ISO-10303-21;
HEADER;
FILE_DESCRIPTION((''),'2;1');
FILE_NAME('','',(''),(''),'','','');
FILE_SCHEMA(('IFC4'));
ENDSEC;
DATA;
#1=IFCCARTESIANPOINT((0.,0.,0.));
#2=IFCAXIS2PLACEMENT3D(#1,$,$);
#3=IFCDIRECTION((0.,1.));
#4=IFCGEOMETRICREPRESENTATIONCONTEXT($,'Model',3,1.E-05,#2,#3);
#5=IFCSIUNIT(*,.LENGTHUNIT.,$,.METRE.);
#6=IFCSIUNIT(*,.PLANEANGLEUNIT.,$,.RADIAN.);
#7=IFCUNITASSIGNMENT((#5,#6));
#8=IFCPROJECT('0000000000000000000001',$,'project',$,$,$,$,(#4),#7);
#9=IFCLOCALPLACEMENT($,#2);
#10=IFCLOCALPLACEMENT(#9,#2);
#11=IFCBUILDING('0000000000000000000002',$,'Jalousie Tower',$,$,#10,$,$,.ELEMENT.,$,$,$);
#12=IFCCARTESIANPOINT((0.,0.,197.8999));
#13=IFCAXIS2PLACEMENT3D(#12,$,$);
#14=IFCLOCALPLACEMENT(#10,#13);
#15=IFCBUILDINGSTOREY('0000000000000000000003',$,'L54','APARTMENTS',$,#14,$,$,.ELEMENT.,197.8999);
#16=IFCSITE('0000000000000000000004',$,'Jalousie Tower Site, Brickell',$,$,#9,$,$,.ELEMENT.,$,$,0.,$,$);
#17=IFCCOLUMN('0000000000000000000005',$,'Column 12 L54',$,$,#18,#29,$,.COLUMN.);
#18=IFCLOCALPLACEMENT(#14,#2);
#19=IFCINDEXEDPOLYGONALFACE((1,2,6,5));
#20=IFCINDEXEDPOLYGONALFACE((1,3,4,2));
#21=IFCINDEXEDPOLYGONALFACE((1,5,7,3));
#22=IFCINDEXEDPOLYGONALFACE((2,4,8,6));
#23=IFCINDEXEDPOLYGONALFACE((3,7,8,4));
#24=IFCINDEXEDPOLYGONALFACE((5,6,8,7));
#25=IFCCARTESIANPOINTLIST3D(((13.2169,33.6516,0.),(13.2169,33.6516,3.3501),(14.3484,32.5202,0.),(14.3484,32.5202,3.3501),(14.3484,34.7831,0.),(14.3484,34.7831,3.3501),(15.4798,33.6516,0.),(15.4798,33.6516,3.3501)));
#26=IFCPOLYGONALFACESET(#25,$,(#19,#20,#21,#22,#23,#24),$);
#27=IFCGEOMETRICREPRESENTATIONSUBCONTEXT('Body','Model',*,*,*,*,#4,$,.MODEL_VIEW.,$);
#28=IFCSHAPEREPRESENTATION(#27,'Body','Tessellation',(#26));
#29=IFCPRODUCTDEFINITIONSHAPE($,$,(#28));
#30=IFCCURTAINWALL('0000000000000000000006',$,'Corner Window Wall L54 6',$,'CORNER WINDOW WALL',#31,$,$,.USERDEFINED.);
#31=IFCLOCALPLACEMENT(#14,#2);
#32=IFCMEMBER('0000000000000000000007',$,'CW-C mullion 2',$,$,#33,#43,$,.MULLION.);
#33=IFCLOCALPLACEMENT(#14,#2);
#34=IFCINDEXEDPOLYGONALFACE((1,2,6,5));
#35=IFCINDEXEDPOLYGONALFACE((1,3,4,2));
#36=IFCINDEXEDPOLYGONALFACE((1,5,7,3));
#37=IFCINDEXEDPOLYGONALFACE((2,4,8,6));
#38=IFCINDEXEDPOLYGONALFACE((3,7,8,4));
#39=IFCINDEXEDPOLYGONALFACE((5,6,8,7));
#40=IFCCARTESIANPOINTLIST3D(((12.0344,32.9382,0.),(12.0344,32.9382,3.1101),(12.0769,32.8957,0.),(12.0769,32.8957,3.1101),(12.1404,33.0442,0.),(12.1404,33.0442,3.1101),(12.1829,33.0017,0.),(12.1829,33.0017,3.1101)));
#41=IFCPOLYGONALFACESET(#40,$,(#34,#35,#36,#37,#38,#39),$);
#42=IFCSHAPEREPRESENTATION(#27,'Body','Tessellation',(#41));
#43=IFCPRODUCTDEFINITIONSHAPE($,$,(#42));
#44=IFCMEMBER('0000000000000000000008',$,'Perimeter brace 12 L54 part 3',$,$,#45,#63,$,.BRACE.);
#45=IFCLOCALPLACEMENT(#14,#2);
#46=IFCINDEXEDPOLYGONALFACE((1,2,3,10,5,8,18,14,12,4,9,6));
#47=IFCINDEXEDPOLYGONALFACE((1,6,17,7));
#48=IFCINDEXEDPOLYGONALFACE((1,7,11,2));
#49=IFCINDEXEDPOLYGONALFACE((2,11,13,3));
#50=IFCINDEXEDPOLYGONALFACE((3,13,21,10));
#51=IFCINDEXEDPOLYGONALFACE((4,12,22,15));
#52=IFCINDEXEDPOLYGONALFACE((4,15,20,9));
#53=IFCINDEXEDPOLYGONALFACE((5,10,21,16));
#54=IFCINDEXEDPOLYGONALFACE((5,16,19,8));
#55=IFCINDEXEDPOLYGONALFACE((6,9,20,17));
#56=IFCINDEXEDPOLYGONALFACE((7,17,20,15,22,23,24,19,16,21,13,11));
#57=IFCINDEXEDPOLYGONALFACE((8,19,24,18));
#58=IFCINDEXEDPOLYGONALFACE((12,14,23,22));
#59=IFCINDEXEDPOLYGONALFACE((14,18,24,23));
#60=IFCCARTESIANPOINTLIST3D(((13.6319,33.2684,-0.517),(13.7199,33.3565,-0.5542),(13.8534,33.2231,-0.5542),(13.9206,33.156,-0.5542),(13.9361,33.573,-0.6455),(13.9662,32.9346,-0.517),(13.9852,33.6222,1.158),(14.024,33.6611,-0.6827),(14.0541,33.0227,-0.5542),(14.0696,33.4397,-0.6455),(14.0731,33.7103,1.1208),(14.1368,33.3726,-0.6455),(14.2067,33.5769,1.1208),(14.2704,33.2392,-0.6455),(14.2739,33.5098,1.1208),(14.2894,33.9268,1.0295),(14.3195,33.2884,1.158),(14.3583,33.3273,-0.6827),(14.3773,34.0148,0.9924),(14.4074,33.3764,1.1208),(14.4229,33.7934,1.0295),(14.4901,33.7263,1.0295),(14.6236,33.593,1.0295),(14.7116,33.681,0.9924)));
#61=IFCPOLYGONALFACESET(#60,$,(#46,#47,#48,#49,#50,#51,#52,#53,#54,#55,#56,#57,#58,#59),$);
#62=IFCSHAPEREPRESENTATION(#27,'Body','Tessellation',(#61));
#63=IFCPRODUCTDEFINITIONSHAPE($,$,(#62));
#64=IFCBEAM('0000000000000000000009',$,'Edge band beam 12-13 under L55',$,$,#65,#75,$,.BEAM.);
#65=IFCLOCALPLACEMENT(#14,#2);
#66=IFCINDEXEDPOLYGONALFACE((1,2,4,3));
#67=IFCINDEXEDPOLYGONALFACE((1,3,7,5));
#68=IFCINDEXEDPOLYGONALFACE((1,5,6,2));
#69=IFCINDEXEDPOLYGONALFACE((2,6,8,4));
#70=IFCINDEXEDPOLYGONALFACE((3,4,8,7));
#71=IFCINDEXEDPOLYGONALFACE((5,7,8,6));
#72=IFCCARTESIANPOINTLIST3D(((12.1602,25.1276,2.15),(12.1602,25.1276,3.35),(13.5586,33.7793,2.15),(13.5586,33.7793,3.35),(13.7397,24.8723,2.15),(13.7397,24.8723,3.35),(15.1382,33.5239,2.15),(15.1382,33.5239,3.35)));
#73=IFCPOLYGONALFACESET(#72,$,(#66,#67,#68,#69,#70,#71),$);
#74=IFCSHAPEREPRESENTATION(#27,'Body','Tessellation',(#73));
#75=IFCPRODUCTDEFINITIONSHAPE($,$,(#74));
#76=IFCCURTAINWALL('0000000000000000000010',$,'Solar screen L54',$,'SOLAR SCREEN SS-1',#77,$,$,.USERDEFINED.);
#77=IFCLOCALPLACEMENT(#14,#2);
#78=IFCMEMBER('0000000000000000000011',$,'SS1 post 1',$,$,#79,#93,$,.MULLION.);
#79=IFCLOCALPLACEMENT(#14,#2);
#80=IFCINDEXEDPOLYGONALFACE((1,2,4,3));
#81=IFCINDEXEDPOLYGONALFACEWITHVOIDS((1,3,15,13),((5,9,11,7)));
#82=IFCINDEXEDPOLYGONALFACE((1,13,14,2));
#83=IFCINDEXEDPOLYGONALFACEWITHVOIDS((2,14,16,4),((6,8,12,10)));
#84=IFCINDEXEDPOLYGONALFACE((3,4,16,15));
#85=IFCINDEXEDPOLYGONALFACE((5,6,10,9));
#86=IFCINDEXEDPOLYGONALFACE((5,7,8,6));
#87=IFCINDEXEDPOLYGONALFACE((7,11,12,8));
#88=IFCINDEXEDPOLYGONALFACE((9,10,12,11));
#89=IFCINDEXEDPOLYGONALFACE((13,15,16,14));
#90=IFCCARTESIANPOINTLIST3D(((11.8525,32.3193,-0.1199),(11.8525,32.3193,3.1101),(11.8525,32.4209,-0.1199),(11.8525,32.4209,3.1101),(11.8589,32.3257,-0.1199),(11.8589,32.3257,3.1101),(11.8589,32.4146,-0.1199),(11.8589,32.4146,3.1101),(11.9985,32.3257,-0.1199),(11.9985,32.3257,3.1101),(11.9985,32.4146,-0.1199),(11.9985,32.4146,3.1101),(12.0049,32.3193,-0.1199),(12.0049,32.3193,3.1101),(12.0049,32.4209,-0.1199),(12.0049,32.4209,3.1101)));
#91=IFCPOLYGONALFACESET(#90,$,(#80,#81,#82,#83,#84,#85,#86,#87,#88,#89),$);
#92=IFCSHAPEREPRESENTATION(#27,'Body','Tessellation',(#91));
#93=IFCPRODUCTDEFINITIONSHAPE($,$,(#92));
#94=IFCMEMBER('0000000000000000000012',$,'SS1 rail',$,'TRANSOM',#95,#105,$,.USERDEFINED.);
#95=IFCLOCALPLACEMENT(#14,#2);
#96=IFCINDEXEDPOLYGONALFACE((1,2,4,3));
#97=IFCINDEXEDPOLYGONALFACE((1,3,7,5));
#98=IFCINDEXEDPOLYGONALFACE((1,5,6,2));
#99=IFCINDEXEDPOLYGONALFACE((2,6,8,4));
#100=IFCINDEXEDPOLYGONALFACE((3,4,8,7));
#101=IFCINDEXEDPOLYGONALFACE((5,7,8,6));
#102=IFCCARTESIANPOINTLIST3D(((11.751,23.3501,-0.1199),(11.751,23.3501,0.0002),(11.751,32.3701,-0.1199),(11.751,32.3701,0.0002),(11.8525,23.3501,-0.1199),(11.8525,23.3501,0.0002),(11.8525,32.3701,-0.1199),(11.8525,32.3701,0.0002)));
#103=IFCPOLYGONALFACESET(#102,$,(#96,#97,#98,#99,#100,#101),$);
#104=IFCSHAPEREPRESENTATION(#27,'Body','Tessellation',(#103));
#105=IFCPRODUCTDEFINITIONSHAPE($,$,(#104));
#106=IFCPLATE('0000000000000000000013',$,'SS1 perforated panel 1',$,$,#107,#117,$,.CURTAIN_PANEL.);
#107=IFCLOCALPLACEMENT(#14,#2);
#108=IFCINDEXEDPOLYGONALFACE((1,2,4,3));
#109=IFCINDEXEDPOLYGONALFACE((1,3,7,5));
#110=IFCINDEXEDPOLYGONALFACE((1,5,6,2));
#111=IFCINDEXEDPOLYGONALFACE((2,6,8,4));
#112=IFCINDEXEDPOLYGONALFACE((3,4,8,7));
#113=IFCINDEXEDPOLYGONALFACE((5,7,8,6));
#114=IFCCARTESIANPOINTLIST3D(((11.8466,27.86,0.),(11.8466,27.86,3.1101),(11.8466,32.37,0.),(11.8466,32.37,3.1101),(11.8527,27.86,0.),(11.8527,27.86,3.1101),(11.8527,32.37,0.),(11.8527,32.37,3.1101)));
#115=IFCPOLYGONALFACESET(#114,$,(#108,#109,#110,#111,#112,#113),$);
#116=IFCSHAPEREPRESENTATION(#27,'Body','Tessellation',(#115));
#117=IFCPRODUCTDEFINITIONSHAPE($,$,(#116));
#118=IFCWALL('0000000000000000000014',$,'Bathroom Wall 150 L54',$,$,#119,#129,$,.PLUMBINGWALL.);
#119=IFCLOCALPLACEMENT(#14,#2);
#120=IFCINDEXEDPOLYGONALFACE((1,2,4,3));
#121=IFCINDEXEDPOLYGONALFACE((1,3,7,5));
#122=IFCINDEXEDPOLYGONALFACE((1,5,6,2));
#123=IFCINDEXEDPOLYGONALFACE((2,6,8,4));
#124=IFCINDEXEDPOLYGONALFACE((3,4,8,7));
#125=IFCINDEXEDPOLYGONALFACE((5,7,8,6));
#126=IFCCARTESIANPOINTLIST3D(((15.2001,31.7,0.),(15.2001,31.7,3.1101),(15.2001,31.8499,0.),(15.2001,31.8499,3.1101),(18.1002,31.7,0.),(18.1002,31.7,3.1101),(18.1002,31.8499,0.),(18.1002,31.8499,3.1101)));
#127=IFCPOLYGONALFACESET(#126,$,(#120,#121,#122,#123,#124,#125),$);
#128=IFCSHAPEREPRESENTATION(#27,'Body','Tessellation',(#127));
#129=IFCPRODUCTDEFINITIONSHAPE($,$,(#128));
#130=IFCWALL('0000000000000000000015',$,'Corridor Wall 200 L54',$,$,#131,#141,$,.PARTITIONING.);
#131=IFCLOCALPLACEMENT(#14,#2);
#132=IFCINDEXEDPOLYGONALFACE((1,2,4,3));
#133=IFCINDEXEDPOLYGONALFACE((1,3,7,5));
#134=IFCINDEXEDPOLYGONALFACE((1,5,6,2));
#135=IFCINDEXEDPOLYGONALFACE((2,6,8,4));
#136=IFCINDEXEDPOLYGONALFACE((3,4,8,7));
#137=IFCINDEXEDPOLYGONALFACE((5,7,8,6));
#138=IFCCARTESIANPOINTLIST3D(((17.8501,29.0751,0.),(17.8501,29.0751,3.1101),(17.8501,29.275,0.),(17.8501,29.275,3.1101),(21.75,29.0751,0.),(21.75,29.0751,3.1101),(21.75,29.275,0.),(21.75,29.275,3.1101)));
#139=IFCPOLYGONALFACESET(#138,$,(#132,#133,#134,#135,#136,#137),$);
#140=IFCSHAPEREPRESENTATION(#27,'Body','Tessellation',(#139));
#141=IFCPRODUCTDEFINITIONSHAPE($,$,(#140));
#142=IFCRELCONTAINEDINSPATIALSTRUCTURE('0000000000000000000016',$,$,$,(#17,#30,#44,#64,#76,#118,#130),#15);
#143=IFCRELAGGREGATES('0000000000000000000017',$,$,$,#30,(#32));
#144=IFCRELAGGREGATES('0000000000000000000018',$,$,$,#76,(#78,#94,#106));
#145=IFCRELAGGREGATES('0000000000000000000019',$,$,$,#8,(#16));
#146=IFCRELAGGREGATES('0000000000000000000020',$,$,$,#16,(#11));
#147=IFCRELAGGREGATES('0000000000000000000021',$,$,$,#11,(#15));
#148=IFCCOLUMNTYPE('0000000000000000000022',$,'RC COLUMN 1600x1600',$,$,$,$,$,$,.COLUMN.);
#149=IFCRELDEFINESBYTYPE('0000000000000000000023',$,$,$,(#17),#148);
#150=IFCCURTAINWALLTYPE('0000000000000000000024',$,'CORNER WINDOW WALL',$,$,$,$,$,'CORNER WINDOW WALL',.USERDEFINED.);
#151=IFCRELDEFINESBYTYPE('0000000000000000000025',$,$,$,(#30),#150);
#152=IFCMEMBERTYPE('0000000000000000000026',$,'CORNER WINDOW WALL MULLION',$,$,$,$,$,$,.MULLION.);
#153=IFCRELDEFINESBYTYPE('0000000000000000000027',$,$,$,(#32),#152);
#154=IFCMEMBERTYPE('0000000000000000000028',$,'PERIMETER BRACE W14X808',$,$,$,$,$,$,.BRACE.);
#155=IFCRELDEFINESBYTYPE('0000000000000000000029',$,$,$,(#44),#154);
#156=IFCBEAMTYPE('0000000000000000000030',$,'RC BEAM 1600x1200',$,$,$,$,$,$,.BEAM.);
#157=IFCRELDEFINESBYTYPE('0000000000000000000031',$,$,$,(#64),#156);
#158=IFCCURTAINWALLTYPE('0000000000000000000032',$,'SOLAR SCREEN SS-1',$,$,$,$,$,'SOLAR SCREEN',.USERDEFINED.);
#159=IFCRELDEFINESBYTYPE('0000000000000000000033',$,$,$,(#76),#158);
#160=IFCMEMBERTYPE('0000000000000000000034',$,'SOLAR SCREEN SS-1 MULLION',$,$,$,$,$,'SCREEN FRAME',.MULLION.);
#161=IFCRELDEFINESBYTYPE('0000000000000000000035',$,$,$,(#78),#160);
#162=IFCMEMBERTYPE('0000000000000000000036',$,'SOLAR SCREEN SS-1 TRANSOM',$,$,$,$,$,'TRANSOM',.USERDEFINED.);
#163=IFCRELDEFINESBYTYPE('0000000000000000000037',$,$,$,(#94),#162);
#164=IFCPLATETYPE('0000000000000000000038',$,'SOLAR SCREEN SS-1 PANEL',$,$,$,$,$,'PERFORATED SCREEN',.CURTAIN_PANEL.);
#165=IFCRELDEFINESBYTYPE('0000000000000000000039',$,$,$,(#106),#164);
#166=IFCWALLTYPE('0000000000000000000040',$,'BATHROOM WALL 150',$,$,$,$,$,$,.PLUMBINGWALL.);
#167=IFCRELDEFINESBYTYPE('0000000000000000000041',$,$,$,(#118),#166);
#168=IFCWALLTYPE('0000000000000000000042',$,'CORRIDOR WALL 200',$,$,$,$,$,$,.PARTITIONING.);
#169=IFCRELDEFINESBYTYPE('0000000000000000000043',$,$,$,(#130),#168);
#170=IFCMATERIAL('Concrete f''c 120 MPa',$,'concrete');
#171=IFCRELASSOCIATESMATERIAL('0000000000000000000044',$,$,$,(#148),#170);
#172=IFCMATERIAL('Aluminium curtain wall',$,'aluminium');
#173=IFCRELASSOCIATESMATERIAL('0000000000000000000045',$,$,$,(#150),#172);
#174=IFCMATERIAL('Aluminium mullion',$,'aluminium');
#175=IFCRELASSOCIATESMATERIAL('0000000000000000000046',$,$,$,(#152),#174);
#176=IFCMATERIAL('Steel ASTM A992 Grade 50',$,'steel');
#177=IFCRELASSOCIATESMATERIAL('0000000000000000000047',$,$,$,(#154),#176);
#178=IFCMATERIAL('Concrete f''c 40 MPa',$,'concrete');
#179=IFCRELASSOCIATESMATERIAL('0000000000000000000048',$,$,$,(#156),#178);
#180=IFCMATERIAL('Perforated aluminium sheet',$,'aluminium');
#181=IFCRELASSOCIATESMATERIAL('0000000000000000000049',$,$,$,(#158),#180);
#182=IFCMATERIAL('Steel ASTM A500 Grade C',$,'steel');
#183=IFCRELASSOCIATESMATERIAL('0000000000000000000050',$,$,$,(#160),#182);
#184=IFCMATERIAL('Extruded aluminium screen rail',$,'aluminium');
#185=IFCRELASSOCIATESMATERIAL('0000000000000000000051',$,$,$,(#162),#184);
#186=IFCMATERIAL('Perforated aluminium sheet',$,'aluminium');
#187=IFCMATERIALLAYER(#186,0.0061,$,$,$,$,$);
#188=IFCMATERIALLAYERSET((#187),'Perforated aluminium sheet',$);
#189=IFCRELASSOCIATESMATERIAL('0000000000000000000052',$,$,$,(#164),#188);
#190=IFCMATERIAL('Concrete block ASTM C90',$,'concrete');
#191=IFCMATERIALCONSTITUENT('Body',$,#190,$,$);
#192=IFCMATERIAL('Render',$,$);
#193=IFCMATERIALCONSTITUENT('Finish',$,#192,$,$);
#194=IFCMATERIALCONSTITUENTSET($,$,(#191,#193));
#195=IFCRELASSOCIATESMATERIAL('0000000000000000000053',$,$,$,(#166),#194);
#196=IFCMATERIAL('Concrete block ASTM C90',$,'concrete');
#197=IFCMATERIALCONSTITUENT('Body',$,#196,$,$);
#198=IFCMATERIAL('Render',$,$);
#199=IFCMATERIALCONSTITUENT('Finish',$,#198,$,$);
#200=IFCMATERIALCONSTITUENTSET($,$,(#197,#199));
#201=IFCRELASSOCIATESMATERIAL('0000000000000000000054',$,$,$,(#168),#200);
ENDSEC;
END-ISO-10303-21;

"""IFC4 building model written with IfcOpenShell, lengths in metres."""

from ifc_helpers import new_model, si_unit, direction, frame, frame_2d, origin, origin_2d, place, context, subcontext, project, spatial, rectangle, hollow_rectangle, i_section, extrude, material, layer, layer_set, constituent, constituent_set, material_profile, profile_set, type_object, element, aggregate, save


model = new_model("IFC4")

# Units and contexts
model_context = context("Model", 3, precision=1e-05, world=origin(), true_north=direction((0.0, 1.0)))
body_context = subcontext(model_context, "Body", "Model", "MODEL_VIEW")
ifc_project = project(units=[si_unit("LENGTHUNIT", "METRE"), si_unit("PLANEANGLEUNIT", "RADIAN")], contexts=[model_context])

# Site, building, storey
site_placement = place(None, origin())
site = spatial("IfcSite", under=ifc_project, at=site_placement, Name="Jalousie Tower Site, Brickell", CompositionType="ELEMENT", RefElevation=0.0)
building_placement = place(site_placement, origin())
building = spatial("IfcBuilding", under=site, at=building_placement, Name="Jalousie Tower", CompositionType="ELEMENT")
storey_placement = place(building_placement, frame((0.0, 0.0, 197.8999)))
storey = spatial("IfcBuildingStorey", under=building, at=storey_placement, Name="L54", Description="APARTMENTS", CompositionType="ELEMENT", Elevation=197.8999)

# Column
ifc_material_1 = material(Name="Concrete f'c 120 MPa", Category="concrete")
ifc_material_profile_1 = material_profile(ifc_material_1, rectangle(XDim=1.6001, YDim=1.6001, at=origin_2d()), Name="RC 1600x1600")
ifc_profile_set_1 = profile_set([ifc_material_profile_1], Name="Concrete f'c 120 MPa")
column_type = type_object("IfcColumnType", Name="RC COLUMN 1600x1600", PredefinedType="COLUMN", material=ifc_profile_set_1)
column_placement = place(storey_placement, frame((14.3484, 33.6516, 0.0), z_axis=(0.0, 0.0, 1.0), x_axis=(0.707107, 0.707107, 0.0)))
element("IfcColumn", 1, at=column_placement, inside=storey, type_object=column_type, Name="Column 12 L54", PredefinedType="COLUMN", context=body_context, shape_type="SweptSolid", body=[
    extrude(rectangle(XDim=1.6001, YDim=1.6001, at=origin_2d()), origin(), (0.0, 0.0, 1.0), 3.3501),
])

# Curtain wall, member
ifc_material_2 = material(Name="Aluminium curtain wall", Category="aluminium")
curtain_wall_type_1 = type_object("IfcCurtainWallType", Name="CORNER WINDOW WALL", ElementType="CORNER WINDOW WALL", PredefinedType="USERDEFINED", material=ifc_material_2)
curtain_wall_1_placement = place(storey_placement, origin())
curtain_wall_1 = element("IfcCurtainWall", 2, at=curtain_wall_1_placement, inside=storey, type_object=curtain_wall_type_1, Name="Corner Window Wall L54 6", ObjectType="CORNER WINDOW WALL", PredefinedType="USERDEFINED")
ifc_material_3 = material(Name="Aluminium mullion", Category="aluminium")
ifc_material_profile_2 = material_profile(ifc_material_3, rectangle(XDim=0.0601, YDim=0.1499, at=origin_2d()), Name="MULLION 60x150")
ifc_profile_set_2 = profile_set([ifc_material_profile_2], Name="Aluminium mullion")
member_type_1 = type_object("IfcMemberType", Name="CORNER WINDOW WALL MULLION", PredefinedType="MULLION", material=ifc_profile_set_2)
member_1_placement = place(storey_placement, frame((12.1086, 32.97, 0.0), z_axis=(0.0, 0.0, 1.0), x_axis=(0.707107, -0.707107, 0.0)))
member_1 = element("IfcMember", 3, at=member_1_placement, type_object=member_type_1, Name="CW-C mullion 2", PredefinedType="MULLION", context=body_context, shape_type="SweptSolid", body=[
    extrude(rectangle(XDim=0.0601, YDim=0.1499, at=origin_2d()), origin(), (0.0, 0.0, 1.0), 3.1101),
])
aggregate(curtain_wall_1, [member_1])

# Member
ifc_material_4 = material(Name="Steel ASTM A992 Grade 50", Category="steel")
ifc_material_profile_3 = material_profile(ifc_material_4, i_section(OverallWidth=0.4724, OverallDepth=0.5791, WebThickness=0.095, FlangeThickness=0.1299, at=origin_2d()), Name="W14X808")
ifc_profile_set_3 = profile_set([ifc_material_profile_3], Name="Steel ASTM A992 Grade 50")
member_type_2 = type_object("IfcMemberType", Name="PERIMETER BRACE W14X808", PredefinedType="BRACE", material=ifc_profile_set_3)
member_2_placement = place(storey_placement, frame((13.9951, 33.2979, -0.5999), z_axis=(0.202093, 0.202372, 0.95823), x_axis=(-0.707595, 0.706618, 0.0)))
element("IfcMember", 4, at=member_2_placement, inside=storey, type_object=member_type_2, Name="Perimeter brace 12 L54 part 3", PredefinedType="BRACE", context=body_context, shape_type="SweptSolid", body=[
    extrude(i_section(OverallWidth=0.4724, OverallDepth=0.5791, WebThickness=0.095, FlangeThickness=0.1299, at=origin_2d()), origin(), (0.0, 0.0, 1.0), 1.748),
])

# Beam
ifc_material_5 = material(Name="Concrete f'c 40 MPa", Category="concrete")
ifc_material_profile_4 = material_profile(ifc_material_5, rectangle(XDim=1.6001, YDim=1.2, at=origin_2d()), Name="RC 1600x1200")
ifc_profile_set_4 = profile_set([ifc_material_profile_4], Name="Concrete f'c 40 MPa")
beam_type = type_object("IfcBeamType", Name="RC BEAM 1600x1200", PredefinedType="BEAM", material=ifc_profile_set_4)
beam_placement = place(storey_placement, frame((14.3484, 33.6516, 2.75), z_axis=(-0.159568, -0.987187, 0.0), x_axis=(0.987187, -0.159568, 0.0)))
element("IfcBeam", 5, at=beam_placement, inside=storey, type_object=beam_type, Name="Edge band beam 12-13 under L55", PredefinedType="BEAM", context=body_context, shape_type="SweptSolid", body=[
    extrude(rectangle(XDim=1.6001, YDim=1.2, at=origin_2d()), origin(), (0.0, 0.0, 1.0), 8.7639),
])

# Curtain wall, members, plate
ifc_material_6 = material(Name="Perforated aluminium sheet", Category="aluminium")
curtain_wall_type_2 = type_object("IfcCurtainWallType", Name="SOLAR SCREEN SS-1", ElementType="SOLAR SCREEN", PredefinedType="USERDEFINED", material=ifc_material_6)
curtain_wall_2_placement = place(storey_placement, origin())
curtain_wall_2 = element("IfcCurtainWall", 6, at=curtain_wall_2_placement, inside=storey, type_object=curtain_wall_type_2, Name="Solar screen L54", ObjectType="SOLAR SCREEN SS-1", PredefinedType="USERDEFINED")
ifc_material_7 = material(Name="Steel ASTM A500 Grade C", Category="steel")
ifc_material_profile_5 = material_profile(ifc_material_7, hollow_rectangle(XDim=0.1016, YDim=0.1523, WallThickness=0.0063, at=origin_2d()), Name="HSS6X4X1/4")
ifc_profile_set_5 = profile_set([ifc_material_profile_5], Name="Steel ASTM A500 Grade C")
member_type_3 = type_object("IfcMemberType", Name="SOLAR SCREEN SS-1 MULLION", ElementType="SCREEN FRAME", PredefinedType="MULLION", material=ifc_profile_set_5)
member_3_placement = place(storey_placement, frame((11.9287, 32.3701, -0.1199), z_axis=(0.0, 0.0, 1.0), x_axis=(0.0, -1.0, 0.0)))
member_3 = element("IfcMember", 7, at=member_3_placement, type_object=member_type_3, Name="SS1 post 1", PredefinedType="MULLION", context=body_context, shape_type="SweptSolid", body=[
    extrude(hollow_rectangle(XDim=0.1016, YDim=0.1523, WallThickness=0.0063, at=origin_2d()), origin(), (0.0, 0.0, 1.0), 3.23),
])
ifc_material_8 = material(Name="Extruded aluminium screen rail", Category="aluminium")
ifc_material_profile_6 = material_profile(ifc_material_8, rectangle(XDim=0.1016, YDim=0.1201, at=origin_2d()), Name="RAIL 102x120")
ifc_profile_set_6 = profile_set([ifc_material_profile_6], Name="Extruded aluminium screen rail")
member_type_4 = type_object("IfcMemberType", Name="SOLAR SCREEN SS-1 TRANSOM", ElementType="TRANSOM", PredefinedType="USERDEFINED", material=ifc_profile_set_6)
member_4_placement = place(storey_placement, frame((11.8018, 32.3701, -0.0598), z_axis=(0.0, -1.0, 0.0), x_axis=(1.0, 0.0, 0.0)))
member_4 = element("IfcMember", 8, at=member_4_placement, type_object=member_type_4, Name="SS1 rail", ObjectType="TRANSOM", PredefinedType="USERDEFINED", context=body_context, shape_type="SweptSolid", body=[
    extrude(rectangle(XDim=0.1016, YDim=0.1201, at=origin_2d()), origin(), (0.0, 0.0, 1.0), 9.02),
])
ifc_material_9 = material(Name="Perforated aluminium sheet", Category="aluminium")
ifc_layer = layer(ifc_material_9, 0.0061)
ifc_layer_set = layer_set([ifc_layer], Name="Perforated aluminium sheet")
plate_type = type_object("IfcPlateType", Name="SOLAR SCREEN SS-1 PANEL", ElementType="PERFORATED SCREEN", PredefinedType="CURTAIN_PANEL", material=ifc_layer_set)
plate_placement = place(storey_placement, frame((11.8496, 30.115, 0.0), z_axis=(0.0, 0.0, 1.0), x_axis=(0.0, -1.0, 0.0)))
plate = element("IfcPlate", 9, at=plate_placement, type_object=plate_type, Name="SS1 perforated panel 1", PredefinedType="CURTAIN_PANEL", context=body_context, shape_type="SweptSolid", body=[
    extrude(rectangle(XDim=4.51, YDim=0.0061, at=origin_2d()), origin(), (0.0, 0.0, 1.0), 3.1101),
])
aggregate(curtain_wall_2, [member_3, member_4, plate])

# Walls
ifc_material_10 = material(Name="Concrete block ASTM C90", Category="concrete")
ifc_constituent_1 = constituent(ifc_material_10, Name="Body")
ifc_material_11 = material(Name="Render")
ifc_constituent_2 = constituent(ifc_material_11, Name="Finish")
ifc_constituent_set_1 = constituent_set(constituents=[ifc_constituent_1, ifc_constituent_2])
wall_type_1 = type_object("IfcWallType", Name="BATHROOM WALL 150", PredefinedType="PLUMBINGWALL", material=ifc_constituent_set_1)
wall_1_placement = place(storey_placement, frame((15.2, 31.7749, 0.0), z_axis=(0.0, 0.0, 1.0), x_axis=(1.0, 0.0, 0.0)))
element("IfcWall", 10, at=wall_1_placement, inside=storey, type_object=wall_type_1, Name="Bathroom Wall 150 L54", PredefinedType="PLUMBINGWALL", context=body_context, shape_type="SweptSolid", body=[
    extrude(rectangle(XDim=2.9001, YDim=0.1499, at=frame_2d((1.4502, 0.0))), origin(), (0.0, 0.0, 1.0), 3.1101),
])
ifc_material_12 = material(Name="Concrete block ASTM C90", Category="concrete")
ifc_constituent_3 = constituent(ifc_material_12, Name="Body")
ifc_material_13 = material(Name="Render")
ifc_constituent_4 = constituent(ifc_material_13, Name="Finish")
ifc_constituent_set_2 = constituent_set(constituents=[ifc_constituent_3, ifc_constituent_4])
wall_type_2 = type_object("IfcWallType", Name="CORRIDOR WALL 200", PredefinedType="PARTITIONING", material=ifc_constituent_set_2)
wall_2_placement = place(storey_placement, frame((17.8501, 29.175, 0.0), z_axis=(0.0, 0.0, 1.0), x_axis=(1.0, 0.0, 0.0)))
element("IfcWall", 11, at=wall_2_placement, inside=storey, type_object=wall_type_2, Name="Corridor Wall 200 L54", PredefinedType="PARTITIONING", context=body_context, shape_type="SweptSolid", body=[
    extrude(rectangle(XDim=3.8999, YDim=0.2, at=frame_2d((1.95, 0.0))), origin(), (0.0, 0.0, 1.0), 3.1101),
])

save(model, "model.ifc")
